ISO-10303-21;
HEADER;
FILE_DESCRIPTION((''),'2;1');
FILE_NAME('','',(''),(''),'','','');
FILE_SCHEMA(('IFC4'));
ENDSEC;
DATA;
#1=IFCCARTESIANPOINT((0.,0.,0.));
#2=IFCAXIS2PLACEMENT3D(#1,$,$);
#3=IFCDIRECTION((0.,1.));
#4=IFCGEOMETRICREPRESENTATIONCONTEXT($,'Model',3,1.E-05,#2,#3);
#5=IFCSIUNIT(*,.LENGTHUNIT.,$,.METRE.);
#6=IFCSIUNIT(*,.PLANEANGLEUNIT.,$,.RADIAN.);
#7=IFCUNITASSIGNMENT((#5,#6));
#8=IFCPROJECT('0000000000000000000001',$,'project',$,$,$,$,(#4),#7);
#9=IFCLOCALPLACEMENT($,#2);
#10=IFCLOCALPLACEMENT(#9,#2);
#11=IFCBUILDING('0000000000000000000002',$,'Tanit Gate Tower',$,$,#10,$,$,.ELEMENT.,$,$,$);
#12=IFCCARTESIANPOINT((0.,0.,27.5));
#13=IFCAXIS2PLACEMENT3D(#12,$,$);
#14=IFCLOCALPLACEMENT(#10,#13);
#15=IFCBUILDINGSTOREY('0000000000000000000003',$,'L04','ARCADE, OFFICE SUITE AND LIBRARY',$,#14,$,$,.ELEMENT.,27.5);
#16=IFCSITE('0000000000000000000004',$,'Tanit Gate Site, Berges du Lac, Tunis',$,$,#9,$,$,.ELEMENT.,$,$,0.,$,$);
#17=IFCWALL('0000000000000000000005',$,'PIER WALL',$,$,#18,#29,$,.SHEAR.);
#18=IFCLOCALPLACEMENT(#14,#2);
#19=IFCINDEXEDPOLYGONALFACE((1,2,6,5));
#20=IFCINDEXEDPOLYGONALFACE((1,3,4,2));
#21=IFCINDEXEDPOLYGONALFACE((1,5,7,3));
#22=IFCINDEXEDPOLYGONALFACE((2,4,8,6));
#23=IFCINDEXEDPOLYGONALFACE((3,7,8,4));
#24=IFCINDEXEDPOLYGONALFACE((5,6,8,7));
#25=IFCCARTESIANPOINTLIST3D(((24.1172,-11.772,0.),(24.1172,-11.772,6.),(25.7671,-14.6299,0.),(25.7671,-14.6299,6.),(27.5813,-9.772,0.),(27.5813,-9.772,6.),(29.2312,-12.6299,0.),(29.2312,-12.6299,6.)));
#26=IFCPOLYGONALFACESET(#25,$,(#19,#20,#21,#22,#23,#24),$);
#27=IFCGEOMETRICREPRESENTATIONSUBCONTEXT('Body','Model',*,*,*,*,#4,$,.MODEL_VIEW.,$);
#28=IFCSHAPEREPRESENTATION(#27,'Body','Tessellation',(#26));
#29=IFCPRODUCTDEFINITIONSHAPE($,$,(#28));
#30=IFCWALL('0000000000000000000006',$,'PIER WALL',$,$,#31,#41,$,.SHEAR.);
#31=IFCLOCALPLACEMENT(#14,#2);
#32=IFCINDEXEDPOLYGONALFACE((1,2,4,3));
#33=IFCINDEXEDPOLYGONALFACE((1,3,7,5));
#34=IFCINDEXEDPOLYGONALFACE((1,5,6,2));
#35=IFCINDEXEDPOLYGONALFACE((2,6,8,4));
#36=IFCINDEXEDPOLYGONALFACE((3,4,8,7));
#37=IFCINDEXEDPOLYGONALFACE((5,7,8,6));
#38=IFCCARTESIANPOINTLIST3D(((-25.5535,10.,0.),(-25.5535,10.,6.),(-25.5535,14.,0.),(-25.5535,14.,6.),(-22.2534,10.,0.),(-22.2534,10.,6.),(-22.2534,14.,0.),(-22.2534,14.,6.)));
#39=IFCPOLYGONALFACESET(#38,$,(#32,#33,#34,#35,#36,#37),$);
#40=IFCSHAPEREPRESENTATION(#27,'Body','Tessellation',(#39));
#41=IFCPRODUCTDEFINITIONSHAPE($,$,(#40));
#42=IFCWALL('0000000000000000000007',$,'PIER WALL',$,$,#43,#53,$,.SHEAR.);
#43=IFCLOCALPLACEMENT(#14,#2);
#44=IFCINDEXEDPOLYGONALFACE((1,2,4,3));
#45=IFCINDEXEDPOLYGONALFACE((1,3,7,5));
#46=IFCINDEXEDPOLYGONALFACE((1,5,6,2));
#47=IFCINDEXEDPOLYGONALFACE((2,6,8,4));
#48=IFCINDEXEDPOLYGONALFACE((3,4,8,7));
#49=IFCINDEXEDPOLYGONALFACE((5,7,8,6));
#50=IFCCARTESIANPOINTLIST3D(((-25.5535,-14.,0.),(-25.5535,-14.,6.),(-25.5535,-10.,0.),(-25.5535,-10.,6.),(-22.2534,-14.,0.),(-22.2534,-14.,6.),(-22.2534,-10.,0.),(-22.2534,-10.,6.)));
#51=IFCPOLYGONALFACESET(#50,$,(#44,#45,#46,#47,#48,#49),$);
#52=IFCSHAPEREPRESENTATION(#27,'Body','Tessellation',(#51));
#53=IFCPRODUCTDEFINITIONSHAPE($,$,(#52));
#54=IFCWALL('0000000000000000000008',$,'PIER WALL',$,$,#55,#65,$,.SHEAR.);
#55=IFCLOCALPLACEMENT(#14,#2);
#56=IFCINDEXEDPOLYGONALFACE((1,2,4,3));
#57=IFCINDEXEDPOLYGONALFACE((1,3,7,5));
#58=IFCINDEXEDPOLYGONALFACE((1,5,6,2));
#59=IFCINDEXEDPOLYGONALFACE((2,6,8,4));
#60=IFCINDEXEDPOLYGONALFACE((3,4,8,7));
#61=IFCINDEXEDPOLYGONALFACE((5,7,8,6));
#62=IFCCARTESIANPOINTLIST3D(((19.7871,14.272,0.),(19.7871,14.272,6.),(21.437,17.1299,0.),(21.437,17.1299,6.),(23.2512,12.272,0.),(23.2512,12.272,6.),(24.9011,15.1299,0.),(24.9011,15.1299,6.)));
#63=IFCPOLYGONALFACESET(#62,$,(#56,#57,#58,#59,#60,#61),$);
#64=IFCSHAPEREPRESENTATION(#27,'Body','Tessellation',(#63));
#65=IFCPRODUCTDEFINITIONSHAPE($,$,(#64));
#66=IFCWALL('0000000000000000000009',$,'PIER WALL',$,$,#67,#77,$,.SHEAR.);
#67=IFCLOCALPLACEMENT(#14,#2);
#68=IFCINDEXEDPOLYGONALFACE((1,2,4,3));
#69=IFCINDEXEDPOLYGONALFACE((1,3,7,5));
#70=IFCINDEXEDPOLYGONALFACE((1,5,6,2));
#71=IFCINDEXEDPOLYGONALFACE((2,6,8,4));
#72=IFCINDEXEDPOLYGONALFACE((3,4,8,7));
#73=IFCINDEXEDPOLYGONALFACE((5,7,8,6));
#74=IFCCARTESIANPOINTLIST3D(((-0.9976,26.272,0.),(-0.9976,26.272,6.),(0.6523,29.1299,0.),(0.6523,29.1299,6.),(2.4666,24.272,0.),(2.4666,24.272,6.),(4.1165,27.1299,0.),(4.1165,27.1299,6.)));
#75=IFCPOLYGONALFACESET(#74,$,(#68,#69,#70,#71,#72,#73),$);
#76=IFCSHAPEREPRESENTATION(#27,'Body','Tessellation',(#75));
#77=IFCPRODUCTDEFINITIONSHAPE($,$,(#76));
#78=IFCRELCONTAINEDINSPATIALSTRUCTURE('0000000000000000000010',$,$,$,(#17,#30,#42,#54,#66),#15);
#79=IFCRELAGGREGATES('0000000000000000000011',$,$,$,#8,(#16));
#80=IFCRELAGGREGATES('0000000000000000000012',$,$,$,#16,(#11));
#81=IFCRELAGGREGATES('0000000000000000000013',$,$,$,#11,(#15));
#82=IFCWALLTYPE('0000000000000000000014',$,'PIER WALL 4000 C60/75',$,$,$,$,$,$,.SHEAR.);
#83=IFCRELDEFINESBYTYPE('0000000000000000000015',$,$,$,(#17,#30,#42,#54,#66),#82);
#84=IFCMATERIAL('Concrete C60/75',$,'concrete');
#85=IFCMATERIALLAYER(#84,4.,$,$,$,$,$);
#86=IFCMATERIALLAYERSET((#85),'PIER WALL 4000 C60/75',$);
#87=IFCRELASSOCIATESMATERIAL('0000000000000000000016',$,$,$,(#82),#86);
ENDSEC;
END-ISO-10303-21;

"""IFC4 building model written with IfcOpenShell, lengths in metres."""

from ifc_helpers import new_model, si_unit, direction, frame, origin, place, context, subcontext, project, spatial, polyline, outline, extrude, material, layer, layer_set, type_object, element, save


model = new_model("IFC4")

# Units and contexts
model_context = context("Model", 3, precision=1e-05, world=origin(), true_north=direction((0.0, 1.0)))
body_context = subcontext(model_context, "Body", "Model", "MODEL_VIEW")
ifc_project = project(units=[si_unit("LENGTHUNIT", "METRE"), si_unit("PLANEANGLEUNIT", "RADIAN")], contexts=[model_context])

# Site, building, storey
site_placement = place(None, origin())
site = spatial("IfcSite", under=ifc_project, at=site_placement, Name="Tanit Gate Site, Berges du Lac, Tunis", CompositionType="ELEMENT", RefElevation=0.0)
building_placement = place(site_placement, origin())
building = spatial("IfcBuilding", under=site, at=building_placement, Name="Tanit Gate Tower", CompositionType="ELEMENT")
storey_placement = place(building_placement, frame((0.0, 0.0, 27.5)))
storey = spatial("IfcBuildingStorey", under=building, at=storey_placement, Name="L04", Description="ARCADE, OFFICE SUITE AND LIBRARY", CompositionType="ELEMENT", Elevation=27.5)

# Walls
ifc_material_1 = material(Name="Concrete C60/75", Category="concrete")
ifc_layer_1 = layer(ifc_material_1, 4.0)
ifc_layer_set_1 = layer_set([ifc_layer_1], Name="PIER WALL 4000 C60/75")
wall_type_1 = type_object("IfcWallType", Name="PIER WALL 4000 C60/75", PredefinedType="SHEAR", material=ifc_layer_set_1)
wall_1_placement = place(storey_placement, origin())
element("IfcWall", 1, at=wall_1_placement, inside=storey, type_object=wall_type_1, Name="PIER WALL", PredefinedType="SHEAR", context=body_context, shape_type="SweptSolid", body=[
    extrude(outline(polyline([(25.7671, -14.6299), (29.2312, -12.6299), (27.5813, -9.772), (24.1172, -11.772), (25.7671, -14.6299)])), origin(), (0.0, 0.0, 1.0), 6.0),
])
wall_2_placement = place(storey_placement, origin())
element("IfcWall", 2, at=wall_2_placement, inside=storey, type_object=wall_type_1, Name="PIER WALL", PredefinedType="SHEAR", context=body_context, shape_type="SweptSolid", body=[
    extrude(outline(polyline([(-25.5535, 14.0), (-25.5535, 10.0), (-22.2534, 10.0), (-22.2534, 14.0), (-25.5535, 14.0)])), origin(), (0.0, 0.0, 1.0), 6.0),
])
wall_3_placement = place(storey_placement, origin())
element("IfcWall", 3, at=wall_3_placement, inside=storey, type_object=wall_type_1, Name="PIER WALL", PredefinedType="SHEAR", context=body_context, shape_type="SweptSolid", body=[
    extrude(outline(polyline([(-25.5535, -10.0), (-25.5535, -14.0), (-22.2534, -14.0), (-22.2534, -10.0), (-25.5535, -10.0)])), origin(), (0.0, 0.0, 1.0), 6.0),
])
wall_4_placement = place(storey_placement, origin())
element("IfcWall", 4, at=wall_4_placement, inside=storey, type_object=wall_type_1, Name="PIER WALL", PredefinedType="SHEAR", context=body_context, shape_type="SweptSolid", body=[
    extrude(outline(polyline([(24.9011, 15.1299), (21.437, 17.1299), (19.7871, 14.272), (23.2512, 12.272), (24.9011, 15.1299)])), origin(), (0.0, 0.0, 1.0), 6.0),
])
wall_5_placement = place(storey_placement, origin())
element("IfcWall", 5, at=wall_5_placement, inside=storey, type_object=wall_type_1, Name="PIER WALL", PredefinedType="SHEAR", context=body_context, shape_type="SweptSolid", body=[
    extrude(outline(polyline([(4.1165, 27.1299), (0.6523, 29.1299), (-0.9976, 26.272), (2.4666, 24.272), (4.1165, 27.1299)])), origin(), (0.0, 0.0, 1.0), 6.0),
])

save(model, "model.ifc")
